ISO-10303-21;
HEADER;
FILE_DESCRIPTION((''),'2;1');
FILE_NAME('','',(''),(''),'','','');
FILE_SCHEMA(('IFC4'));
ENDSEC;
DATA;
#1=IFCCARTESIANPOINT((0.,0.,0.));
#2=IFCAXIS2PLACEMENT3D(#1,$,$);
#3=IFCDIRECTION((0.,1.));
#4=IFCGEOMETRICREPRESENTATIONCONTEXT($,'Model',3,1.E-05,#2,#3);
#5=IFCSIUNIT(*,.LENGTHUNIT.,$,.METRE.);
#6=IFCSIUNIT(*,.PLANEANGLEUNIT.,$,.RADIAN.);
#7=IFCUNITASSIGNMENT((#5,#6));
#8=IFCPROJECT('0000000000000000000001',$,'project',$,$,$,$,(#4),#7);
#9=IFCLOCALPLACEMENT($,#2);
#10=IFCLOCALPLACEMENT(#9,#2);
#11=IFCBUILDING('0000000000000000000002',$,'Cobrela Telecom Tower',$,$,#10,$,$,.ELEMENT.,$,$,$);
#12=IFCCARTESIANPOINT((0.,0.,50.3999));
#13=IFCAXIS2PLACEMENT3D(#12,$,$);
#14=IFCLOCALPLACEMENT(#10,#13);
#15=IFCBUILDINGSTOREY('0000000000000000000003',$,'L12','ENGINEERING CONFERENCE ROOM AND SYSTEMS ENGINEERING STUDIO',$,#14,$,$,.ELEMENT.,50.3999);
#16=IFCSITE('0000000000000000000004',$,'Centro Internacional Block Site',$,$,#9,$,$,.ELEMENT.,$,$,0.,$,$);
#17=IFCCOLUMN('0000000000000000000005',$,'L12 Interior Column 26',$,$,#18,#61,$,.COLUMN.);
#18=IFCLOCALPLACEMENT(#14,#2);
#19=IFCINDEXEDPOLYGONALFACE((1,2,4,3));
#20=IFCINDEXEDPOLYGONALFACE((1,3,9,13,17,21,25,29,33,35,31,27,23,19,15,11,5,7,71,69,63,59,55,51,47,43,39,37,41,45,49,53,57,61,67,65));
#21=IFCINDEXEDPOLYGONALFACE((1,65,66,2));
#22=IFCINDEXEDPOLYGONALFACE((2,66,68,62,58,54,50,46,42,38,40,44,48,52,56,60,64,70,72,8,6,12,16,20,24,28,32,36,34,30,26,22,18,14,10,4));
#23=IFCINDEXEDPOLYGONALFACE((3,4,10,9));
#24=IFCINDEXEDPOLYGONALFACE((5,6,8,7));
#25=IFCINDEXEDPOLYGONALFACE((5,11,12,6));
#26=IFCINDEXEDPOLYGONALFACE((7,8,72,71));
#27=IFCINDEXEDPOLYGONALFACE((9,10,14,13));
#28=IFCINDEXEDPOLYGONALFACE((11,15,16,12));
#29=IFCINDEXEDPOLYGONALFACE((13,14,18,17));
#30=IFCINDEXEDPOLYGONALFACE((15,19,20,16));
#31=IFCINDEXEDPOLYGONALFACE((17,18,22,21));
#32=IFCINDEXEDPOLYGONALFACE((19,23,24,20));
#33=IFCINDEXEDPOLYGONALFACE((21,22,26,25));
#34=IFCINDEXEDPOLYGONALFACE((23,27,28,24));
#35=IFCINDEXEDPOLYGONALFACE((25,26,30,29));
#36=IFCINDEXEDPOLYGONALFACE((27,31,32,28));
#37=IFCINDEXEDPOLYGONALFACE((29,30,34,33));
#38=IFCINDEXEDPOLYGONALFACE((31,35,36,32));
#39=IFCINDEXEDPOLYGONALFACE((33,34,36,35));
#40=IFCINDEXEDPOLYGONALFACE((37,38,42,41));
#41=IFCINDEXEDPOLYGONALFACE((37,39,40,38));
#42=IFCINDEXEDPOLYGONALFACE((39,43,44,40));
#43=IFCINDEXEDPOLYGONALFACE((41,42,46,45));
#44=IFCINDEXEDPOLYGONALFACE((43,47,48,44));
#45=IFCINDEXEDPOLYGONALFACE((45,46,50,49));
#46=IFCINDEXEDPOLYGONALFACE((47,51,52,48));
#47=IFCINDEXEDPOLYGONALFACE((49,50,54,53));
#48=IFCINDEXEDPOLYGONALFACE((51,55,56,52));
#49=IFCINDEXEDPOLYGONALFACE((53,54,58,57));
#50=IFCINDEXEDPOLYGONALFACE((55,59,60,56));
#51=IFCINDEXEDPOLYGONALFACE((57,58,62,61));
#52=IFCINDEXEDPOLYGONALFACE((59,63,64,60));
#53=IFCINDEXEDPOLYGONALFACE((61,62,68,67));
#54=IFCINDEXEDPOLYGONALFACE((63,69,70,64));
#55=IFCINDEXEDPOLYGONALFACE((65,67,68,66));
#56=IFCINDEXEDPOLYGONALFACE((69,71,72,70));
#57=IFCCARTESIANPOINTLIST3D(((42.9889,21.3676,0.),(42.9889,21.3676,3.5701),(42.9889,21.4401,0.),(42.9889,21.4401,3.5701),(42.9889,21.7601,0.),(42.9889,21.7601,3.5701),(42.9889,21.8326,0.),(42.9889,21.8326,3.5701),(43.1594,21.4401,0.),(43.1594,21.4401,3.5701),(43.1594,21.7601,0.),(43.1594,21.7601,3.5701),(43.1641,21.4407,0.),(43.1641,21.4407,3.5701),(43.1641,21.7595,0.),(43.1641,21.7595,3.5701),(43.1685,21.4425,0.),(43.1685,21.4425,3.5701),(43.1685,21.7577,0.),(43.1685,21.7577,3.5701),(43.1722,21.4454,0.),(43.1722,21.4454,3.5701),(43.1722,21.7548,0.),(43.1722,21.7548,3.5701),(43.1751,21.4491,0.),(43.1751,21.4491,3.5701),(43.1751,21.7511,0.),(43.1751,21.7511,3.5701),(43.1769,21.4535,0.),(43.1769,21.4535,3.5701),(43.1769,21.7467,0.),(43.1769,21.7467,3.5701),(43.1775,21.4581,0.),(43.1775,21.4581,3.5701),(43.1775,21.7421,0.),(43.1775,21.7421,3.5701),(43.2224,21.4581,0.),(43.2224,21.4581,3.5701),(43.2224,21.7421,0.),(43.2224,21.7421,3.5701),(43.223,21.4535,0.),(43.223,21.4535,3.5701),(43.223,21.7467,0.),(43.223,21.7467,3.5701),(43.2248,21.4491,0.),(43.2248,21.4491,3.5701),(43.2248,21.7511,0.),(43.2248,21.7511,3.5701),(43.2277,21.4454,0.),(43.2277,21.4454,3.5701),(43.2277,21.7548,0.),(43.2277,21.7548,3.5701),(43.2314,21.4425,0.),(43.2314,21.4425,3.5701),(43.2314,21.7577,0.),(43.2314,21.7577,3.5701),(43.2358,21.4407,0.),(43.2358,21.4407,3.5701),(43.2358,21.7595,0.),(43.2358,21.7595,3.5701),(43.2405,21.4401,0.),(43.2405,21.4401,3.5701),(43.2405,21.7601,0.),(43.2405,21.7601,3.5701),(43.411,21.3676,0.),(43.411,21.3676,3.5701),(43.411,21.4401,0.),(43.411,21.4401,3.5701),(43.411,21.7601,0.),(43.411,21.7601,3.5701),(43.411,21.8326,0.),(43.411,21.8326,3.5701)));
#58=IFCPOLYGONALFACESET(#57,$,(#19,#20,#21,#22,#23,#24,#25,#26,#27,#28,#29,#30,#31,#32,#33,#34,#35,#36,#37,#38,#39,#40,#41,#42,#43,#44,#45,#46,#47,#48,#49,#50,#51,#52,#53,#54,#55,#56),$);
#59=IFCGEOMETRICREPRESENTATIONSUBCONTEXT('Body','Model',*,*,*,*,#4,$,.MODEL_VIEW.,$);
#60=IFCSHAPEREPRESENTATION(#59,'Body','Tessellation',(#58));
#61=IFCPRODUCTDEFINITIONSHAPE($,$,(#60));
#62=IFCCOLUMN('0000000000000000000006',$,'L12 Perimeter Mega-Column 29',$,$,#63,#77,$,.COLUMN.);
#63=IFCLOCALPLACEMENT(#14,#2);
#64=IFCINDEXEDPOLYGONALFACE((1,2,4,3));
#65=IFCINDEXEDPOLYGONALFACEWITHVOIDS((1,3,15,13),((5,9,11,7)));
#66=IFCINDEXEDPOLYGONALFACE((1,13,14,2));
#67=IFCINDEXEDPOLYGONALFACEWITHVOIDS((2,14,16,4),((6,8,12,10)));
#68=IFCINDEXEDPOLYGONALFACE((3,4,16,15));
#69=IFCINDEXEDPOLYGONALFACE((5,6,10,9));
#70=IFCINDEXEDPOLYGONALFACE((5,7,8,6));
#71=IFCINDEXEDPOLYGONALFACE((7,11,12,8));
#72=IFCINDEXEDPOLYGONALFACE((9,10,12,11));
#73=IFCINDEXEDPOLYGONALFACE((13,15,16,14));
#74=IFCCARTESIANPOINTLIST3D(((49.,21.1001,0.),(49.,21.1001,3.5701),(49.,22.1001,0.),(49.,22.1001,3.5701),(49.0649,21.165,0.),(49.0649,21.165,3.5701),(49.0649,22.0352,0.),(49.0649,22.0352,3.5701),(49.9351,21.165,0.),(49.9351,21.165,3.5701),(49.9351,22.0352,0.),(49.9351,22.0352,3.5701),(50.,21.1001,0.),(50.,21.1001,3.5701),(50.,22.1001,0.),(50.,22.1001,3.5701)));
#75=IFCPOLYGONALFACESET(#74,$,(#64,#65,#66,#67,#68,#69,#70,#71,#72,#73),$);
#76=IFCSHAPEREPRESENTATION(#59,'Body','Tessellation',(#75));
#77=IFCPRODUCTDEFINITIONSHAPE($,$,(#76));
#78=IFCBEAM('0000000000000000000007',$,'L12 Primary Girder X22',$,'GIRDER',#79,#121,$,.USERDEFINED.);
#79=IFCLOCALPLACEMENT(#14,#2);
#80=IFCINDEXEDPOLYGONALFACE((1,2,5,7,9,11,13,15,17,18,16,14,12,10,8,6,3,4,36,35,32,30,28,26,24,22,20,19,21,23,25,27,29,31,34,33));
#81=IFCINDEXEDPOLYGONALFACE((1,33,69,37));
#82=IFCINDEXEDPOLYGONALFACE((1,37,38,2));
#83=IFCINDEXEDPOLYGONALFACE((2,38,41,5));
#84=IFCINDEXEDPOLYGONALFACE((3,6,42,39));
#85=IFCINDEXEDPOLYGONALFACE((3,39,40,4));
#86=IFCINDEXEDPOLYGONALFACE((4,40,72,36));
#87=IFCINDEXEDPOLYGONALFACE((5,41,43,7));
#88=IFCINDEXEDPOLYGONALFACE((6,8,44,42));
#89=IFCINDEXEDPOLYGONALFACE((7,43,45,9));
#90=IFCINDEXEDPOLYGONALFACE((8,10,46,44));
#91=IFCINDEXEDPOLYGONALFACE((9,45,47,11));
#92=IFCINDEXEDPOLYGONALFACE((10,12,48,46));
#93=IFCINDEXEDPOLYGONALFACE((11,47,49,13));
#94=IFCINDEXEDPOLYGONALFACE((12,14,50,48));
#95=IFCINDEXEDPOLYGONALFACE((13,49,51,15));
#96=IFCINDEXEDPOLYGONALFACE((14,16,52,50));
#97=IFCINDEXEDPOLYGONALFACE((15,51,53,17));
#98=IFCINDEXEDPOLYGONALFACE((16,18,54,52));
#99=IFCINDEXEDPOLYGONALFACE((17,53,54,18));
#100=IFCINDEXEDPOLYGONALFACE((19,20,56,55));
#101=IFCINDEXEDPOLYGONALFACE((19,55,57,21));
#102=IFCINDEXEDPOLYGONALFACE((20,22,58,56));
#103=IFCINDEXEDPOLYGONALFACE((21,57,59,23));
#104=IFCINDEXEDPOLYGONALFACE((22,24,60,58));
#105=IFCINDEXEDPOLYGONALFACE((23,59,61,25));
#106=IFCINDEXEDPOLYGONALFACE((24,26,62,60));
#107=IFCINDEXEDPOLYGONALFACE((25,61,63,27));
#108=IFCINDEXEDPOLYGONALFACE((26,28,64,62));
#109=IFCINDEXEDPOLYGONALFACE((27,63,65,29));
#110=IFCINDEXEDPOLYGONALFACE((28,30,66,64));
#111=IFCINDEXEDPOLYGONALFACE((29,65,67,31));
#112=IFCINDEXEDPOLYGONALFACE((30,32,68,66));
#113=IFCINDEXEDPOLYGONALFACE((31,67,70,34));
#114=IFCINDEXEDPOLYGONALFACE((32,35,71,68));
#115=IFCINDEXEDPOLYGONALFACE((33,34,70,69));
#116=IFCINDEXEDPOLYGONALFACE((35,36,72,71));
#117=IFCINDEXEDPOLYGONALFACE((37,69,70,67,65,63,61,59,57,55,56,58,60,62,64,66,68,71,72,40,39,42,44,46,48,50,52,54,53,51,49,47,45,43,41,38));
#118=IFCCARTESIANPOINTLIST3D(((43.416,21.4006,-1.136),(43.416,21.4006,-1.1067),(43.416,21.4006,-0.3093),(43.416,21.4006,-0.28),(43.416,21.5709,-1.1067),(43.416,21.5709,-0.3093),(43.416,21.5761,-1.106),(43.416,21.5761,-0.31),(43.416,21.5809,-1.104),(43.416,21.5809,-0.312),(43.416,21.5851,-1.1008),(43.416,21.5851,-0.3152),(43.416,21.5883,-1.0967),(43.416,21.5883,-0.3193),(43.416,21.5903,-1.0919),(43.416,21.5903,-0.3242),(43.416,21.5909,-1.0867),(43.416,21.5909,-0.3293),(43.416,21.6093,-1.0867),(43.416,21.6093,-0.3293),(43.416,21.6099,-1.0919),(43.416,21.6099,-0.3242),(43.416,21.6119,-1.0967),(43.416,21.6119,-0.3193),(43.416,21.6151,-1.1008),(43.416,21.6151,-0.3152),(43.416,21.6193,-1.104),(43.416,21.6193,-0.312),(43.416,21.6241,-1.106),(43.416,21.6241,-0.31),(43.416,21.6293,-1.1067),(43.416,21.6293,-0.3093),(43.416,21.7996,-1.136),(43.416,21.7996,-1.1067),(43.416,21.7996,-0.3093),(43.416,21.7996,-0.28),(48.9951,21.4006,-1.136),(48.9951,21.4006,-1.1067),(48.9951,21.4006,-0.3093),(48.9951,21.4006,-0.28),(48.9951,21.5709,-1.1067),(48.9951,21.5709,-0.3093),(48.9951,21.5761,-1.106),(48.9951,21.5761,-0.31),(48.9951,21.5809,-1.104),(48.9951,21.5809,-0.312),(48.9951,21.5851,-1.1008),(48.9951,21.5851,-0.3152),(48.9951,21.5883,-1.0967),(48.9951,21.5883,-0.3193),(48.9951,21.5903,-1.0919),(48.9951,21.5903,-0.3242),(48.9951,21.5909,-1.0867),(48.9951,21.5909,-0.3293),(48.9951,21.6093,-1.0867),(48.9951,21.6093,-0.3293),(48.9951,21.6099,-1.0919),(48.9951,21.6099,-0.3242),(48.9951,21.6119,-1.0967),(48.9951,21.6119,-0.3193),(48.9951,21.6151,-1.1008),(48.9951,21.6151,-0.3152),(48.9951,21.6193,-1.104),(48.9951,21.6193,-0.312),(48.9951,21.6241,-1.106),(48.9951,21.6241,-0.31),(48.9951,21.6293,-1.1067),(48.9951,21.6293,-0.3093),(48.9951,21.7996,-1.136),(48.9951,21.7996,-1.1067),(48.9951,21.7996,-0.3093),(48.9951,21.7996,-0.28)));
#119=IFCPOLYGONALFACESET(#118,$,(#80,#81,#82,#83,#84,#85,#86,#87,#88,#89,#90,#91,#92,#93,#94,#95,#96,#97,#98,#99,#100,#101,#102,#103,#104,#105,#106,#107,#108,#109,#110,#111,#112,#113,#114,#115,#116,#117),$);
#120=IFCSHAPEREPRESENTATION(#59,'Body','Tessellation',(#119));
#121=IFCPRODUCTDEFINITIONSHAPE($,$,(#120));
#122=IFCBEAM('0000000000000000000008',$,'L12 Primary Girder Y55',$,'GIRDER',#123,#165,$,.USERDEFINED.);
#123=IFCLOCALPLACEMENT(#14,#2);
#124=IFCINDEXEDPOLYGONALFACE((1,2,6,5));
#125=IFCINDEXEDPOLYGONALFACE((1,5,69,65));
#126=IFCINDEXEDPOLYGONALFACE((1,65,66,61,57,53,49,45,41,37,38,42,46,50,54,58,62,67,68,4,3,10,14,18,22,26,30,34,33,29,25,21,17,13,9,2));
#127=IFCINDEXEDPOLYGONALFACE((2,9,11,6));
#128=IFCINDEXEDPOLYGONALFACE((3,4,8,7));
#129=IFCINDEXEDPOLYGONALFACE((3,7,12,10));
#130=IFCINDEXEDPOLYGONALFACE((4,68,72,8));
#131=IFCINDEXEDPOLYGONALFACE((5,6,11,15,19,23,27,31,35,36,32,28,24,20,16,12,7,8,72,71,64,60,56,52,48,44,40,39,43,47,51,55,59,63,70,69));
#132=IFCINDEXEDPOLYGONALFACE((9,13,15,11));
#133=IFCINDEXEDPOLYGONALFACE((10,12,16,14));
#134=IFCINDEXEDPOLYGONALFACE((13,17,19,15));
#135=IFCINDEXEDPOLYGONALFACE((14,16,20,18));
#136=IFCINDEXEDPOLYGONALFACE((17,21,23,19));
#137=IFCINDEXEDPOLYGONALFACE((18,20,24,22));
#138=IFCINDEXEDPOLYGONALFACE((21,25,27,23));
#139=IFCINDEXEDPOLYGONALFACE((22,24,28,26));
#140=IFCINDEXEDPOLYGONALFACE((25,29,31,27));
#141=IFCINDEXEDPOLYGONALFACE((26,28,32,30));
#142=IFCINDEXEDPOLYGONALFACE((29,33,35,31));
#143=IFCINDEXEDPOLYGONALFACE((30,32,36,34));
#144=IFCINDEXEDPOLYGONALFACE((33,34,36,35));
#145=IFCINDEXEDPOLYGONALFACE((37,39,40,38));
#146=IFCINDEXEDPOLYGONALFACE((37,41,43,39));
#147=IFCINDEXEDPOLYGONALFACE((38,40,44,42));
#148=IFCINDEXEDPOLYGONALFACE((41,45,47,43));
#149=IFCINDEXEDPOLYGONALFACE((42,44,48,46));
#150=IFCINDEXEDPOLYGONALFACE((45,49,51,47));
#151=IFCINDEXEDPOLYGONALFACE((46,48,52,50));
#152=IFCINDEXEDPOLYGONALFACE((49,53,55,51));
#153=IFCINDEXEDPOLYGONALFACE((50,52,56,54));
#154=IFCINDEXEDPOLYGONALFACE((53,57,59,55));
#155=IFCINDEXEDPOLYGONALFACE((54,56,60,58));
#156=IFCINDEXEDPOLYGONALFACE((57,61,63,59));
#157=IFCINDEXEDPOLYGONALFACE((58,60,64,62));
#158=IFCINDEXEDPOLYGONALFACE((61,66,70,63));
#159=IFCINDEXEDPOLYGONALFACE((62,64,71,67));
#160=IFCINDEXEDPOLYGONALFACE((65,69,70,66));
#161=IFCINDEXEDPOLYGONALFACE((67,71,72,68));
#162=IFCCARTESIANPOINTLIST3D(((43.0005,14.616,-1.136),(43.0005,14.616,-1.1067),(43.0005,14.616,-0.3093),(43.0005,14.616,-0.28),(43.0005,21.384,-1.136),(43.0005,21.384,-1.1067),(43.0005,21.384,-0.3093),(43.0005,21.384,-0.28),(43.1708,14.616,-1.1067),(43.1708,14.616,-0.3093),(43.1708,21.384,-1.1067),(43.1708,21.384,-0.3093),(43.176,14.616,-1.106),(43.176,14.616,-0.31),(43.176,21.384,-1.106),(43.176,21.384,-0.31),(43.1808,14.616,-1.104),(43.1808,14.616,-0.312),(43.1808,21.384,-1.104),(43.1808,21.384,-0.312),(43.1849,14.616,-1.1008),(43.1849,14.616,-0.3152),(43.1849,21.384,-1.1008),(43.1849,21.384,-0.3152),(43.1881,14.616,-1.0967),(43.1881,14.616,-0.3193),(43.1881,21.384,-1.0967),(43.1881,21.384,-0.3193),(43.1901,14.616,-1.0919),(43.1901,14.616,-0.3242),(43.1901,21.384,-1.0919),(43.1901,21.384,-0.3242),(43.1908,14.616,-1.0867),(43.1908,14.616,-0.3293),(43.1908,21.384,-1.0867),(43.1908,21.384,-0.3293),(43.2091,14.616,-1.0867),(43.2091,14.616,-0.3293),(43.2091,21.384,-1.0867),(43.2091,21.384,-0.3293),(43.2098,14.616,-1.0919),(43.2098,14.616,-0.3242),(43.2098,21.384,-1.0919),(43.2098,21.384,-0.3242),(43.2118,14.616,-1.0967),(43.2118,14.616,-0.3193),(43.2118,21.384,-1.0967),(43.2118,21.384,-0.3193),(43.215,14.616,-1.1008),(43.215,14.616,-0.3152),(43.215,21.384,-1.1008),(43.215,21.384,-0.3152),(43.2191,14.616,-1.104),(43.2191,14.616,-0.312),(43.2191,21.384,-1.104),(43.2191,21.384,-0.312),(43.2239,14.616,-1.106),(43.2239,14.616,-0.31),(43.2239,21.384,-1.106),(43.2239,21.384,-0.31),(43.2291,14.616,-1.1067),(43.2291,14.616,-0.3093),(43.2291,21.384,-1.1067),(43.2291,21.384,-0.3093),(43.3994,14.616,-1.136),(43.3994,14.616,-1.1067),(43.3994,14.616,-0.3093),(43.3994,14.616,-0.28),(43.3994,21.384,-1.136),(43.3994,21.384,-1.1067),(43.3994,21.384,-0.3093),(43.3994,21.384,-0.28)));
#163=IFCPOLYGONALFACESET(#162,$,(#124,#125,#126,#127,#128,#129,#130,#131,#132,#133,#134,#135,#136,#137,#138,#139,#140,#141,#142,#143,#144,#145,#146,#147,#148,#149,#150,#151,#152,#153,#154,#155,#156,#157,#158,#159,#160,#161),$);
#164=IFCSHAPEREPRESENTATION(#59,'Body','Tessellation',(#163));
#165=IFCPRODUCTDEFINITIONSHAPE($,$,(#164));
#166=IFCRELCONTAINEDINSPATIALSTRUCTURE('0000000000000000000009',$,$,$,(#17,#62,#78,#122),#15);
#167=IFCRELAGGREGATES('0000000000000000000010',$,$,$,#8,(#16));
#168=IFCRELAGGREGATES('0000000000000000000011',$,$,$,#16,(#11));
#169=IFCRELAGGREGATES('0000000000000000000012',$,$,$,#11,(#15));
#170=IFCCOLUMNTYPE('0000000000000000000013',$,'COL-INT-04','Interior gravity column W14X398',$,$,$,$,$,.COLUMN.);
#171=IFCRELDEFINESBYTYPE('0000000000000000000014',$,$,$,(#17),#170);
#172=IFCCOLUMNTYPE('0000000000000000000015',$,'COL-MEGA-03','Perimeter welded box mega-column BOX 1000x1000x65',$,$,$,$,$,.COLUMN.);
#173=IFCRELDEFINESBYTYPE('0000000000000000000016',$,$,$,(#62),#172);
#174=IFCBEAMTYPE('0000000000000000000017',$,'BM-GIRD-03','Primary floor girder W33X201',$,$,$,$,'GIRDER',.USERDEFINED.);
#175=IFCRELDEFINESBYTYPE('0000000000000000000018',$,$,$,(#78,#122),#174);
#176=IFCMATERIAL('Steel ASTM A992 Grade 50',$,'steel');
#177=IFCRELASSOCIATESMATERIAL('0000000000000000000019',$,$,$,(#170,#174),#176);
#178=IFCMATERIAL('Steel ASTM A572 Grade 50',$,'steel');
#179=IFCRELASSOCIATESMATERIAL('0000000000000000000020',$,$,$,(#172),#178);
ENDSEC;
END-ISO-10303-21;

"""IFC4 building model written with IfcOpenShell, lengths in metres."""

from ifc_helpers import new_model, si_unit, direction, frame, origin, origin_2d, place, context, subcontext, project, spatial, hollow_rectangle, i_section, extrude, material, material_profile, profile_set, type_object, element, save


model = new_model("IFC4")

# Units and contexts
model_context = context("Model", 3, precision=1e-05, world=origin(), true_north=direction((0.0, 1.0)))
body_context = subcontext(model_context, "Body", "Model", "MODEL_VIEW")
ifc_project = project(units=[si_unit("LENGTHUNIT", "METRE"), si_unit("PLANEANGLEUNIT", "RADIAN")], contexts=[model_context])

# Site, building, storey
site_placement = place(None, origin())
site = spatial("IfcSite", under=ifc_project, at=site_placement, Name="Centro Internacional Block Site", CompositionType="ELEMENT", RefElevation=0.0)
building_placement = place(site_placement, origin())
building = spatial("IfcBuilding", under=site, at=building_placement, Name="Cobrela Telecom Tower", CompositionType="ELEMENT")
storey_placement = place(building_placement, frame((0.0, 0.0, 50.3999)))
storey = spatial("IfcBuildingStorey", under=building, at=storey_placement, Name="L12", Description="ENGINEERING CONFERENCE ROOM AND SYSTEMS ENGINEERING STUDIO", CompositionType="ELEMENT", Elevation=50.3999)

# Columns
ifc_material_1 = material(Name="Steel ASTM A992 Grade 50", Category="steel")
ifc_material_profile_1 = material_profile(ifc_material_1, i_section(OverallWidth=0.4221, OverallDepth=0.4651, WebThickness=0.0449, FlangeThickness=0.0725, FilletRadius=0.0181, at=origin_2d()), Name="W14X398")
ifc_profile_set_1 = profile_set([ifc_material_profile_1], Name="Steel ASTM A992 Grade 50")
column_type_1 = type_object("IfcColumnType", Name="COL-INT-04", Description="Interior gravity column W14X398", PredefinedType="COLUMN", material=ifc_profile_set_1)
column_1_placement = place(storey_placement, frame((43.2, 21.6001, 0.0), z_axis=(0.0, 0.0, 1.0), x_axis=(1.0, 0.0, 0.0)))
element("IfcColumn", 1, at=column_1_placement, inside=storey, type_object=column_type_1, Name="L12 Interior Column 26", PredefinedType="COLUMN", context=body_context, shape_type="SweptSolid", body=[
    extrude(i_section(OverallWidth=0.4221, OverallDepth=0.4651, WebThickness=0.0449, FlangeThickness=0.0725, FilletRadius=0.0181, at=origin_2d()), origin(), (0.0, 0.0, 1.0), 3.5701),
])
ifc_material_2 = material(Name="Steel ASTM A572 Grade 50", Category="steel")
ifc_material_profile_2 = material_profile(ifc_material_2, hollow_rectangle(XDim=1.0, YDim=1.0, WallThickness=0.0649, at=origin_2d()), Name="BOX 1000x1000x65")
ifc_profile_set_2 = profile_set([ifc_material_profile_2], Name="Steel ASTM A572 Grade 50")
column_type_2 = type_object("IfcColumnType", Name="COL-MEGA-03", Description="Perimeter welded box mega-column BOX 1000x1000x65", PredefinedType="COLUMN", material=ifc_profile_set_2)
column_2_placement = place(storey_placement, frame((49.5, 21.6001, 0.0), z_axis=(0.0, 0.0, 1.0), x_axis=(1.0, 0.0, 0.0)))
element("IfcColumn", 2, at=column_2_placement, inside=storey, type_object=column_type_2, Name="L12 Perimeter Mega-Column 29", PredefinedType="COLUMN", context=body_context, shape_type="SweptSolid", body=[
    extrude(hollow_rectangle(XDim=1.0, YDim=1.0, WallThickness=0.0649, at=origin_2d()), origin(), (0.0, 0.0, 1.0), 3.5701),
])

# Beams
ifc_material_profile_3 = material_profile(ifc_material_1, i_section(OverallWidth=0.3989, OverallDepth=0.856, WebThickness=0.0183, FlangeThickness=0.0293, FilletRadius=0.02, at=origin_2d()), Name="W33X201")
ifc_profile_set_3 = profile_set([ifc_material_profile_3], Name="Steel ASTM A992 Grade 50")
beam_type_1 = type_object("IfcBeamType", Name="BM-GIRD-03", Description="Primary floor girder W33X201", ElementType="GIRDER", PredefinedType="USERDEFINED", material=ifc_profile_set_3)
beam_1_placement = place(storey_placement, frame((43.416, 21.6001, -0.708), z_axis=(1.0, 0.0, 0.0), x_axis=(0.0, 1.0, 0.0)))
element("IfcBeam", 3, at=beam_1_placement, inside=storey, type_object=beam_type_1, Name="L12 Primary Girder X22", ObjectType="GIRDER", PredefinedType="USERDEFINED", context=body_context, shape_type="SweptSolid", body=[
    extrude(i_section(OverallWidth=0.3989, OverallDepth=0.856, WebThickness=0.0183, FlangeThickness=0.0293, FilletRadius=0.02, at=origin_2d()), origin(), (0.0, 0.0, 1.0), 5.5791),
])
beam_2_placement = place(storey_placement, frame((43.2, 14.616, -0.708), z_axis=(0.0, 1.0, 0.0), x_axis=(-1.0, 0.0, 0.0)))
element("IfcBeam", 4, at=beam_2_placement, inside=storey, type_object=beam_type_1, Name="L12 Primary Girder Y55", ObjectType="GIRDER", PredefinedType="USERDEFINED", context=body_context, shape_type="SweptSolid", body=[
    extrude(i_section(OverallWidth=0.3989, OverallDepth=0.856, WebThickness=0.0183, FlangeThickness=0.0293, FilletRadius=0.02, at=origin_2d()), origin(), (0.0, 0.0, 1.0), 6.7681),
])

save(model, "model.ifc")
